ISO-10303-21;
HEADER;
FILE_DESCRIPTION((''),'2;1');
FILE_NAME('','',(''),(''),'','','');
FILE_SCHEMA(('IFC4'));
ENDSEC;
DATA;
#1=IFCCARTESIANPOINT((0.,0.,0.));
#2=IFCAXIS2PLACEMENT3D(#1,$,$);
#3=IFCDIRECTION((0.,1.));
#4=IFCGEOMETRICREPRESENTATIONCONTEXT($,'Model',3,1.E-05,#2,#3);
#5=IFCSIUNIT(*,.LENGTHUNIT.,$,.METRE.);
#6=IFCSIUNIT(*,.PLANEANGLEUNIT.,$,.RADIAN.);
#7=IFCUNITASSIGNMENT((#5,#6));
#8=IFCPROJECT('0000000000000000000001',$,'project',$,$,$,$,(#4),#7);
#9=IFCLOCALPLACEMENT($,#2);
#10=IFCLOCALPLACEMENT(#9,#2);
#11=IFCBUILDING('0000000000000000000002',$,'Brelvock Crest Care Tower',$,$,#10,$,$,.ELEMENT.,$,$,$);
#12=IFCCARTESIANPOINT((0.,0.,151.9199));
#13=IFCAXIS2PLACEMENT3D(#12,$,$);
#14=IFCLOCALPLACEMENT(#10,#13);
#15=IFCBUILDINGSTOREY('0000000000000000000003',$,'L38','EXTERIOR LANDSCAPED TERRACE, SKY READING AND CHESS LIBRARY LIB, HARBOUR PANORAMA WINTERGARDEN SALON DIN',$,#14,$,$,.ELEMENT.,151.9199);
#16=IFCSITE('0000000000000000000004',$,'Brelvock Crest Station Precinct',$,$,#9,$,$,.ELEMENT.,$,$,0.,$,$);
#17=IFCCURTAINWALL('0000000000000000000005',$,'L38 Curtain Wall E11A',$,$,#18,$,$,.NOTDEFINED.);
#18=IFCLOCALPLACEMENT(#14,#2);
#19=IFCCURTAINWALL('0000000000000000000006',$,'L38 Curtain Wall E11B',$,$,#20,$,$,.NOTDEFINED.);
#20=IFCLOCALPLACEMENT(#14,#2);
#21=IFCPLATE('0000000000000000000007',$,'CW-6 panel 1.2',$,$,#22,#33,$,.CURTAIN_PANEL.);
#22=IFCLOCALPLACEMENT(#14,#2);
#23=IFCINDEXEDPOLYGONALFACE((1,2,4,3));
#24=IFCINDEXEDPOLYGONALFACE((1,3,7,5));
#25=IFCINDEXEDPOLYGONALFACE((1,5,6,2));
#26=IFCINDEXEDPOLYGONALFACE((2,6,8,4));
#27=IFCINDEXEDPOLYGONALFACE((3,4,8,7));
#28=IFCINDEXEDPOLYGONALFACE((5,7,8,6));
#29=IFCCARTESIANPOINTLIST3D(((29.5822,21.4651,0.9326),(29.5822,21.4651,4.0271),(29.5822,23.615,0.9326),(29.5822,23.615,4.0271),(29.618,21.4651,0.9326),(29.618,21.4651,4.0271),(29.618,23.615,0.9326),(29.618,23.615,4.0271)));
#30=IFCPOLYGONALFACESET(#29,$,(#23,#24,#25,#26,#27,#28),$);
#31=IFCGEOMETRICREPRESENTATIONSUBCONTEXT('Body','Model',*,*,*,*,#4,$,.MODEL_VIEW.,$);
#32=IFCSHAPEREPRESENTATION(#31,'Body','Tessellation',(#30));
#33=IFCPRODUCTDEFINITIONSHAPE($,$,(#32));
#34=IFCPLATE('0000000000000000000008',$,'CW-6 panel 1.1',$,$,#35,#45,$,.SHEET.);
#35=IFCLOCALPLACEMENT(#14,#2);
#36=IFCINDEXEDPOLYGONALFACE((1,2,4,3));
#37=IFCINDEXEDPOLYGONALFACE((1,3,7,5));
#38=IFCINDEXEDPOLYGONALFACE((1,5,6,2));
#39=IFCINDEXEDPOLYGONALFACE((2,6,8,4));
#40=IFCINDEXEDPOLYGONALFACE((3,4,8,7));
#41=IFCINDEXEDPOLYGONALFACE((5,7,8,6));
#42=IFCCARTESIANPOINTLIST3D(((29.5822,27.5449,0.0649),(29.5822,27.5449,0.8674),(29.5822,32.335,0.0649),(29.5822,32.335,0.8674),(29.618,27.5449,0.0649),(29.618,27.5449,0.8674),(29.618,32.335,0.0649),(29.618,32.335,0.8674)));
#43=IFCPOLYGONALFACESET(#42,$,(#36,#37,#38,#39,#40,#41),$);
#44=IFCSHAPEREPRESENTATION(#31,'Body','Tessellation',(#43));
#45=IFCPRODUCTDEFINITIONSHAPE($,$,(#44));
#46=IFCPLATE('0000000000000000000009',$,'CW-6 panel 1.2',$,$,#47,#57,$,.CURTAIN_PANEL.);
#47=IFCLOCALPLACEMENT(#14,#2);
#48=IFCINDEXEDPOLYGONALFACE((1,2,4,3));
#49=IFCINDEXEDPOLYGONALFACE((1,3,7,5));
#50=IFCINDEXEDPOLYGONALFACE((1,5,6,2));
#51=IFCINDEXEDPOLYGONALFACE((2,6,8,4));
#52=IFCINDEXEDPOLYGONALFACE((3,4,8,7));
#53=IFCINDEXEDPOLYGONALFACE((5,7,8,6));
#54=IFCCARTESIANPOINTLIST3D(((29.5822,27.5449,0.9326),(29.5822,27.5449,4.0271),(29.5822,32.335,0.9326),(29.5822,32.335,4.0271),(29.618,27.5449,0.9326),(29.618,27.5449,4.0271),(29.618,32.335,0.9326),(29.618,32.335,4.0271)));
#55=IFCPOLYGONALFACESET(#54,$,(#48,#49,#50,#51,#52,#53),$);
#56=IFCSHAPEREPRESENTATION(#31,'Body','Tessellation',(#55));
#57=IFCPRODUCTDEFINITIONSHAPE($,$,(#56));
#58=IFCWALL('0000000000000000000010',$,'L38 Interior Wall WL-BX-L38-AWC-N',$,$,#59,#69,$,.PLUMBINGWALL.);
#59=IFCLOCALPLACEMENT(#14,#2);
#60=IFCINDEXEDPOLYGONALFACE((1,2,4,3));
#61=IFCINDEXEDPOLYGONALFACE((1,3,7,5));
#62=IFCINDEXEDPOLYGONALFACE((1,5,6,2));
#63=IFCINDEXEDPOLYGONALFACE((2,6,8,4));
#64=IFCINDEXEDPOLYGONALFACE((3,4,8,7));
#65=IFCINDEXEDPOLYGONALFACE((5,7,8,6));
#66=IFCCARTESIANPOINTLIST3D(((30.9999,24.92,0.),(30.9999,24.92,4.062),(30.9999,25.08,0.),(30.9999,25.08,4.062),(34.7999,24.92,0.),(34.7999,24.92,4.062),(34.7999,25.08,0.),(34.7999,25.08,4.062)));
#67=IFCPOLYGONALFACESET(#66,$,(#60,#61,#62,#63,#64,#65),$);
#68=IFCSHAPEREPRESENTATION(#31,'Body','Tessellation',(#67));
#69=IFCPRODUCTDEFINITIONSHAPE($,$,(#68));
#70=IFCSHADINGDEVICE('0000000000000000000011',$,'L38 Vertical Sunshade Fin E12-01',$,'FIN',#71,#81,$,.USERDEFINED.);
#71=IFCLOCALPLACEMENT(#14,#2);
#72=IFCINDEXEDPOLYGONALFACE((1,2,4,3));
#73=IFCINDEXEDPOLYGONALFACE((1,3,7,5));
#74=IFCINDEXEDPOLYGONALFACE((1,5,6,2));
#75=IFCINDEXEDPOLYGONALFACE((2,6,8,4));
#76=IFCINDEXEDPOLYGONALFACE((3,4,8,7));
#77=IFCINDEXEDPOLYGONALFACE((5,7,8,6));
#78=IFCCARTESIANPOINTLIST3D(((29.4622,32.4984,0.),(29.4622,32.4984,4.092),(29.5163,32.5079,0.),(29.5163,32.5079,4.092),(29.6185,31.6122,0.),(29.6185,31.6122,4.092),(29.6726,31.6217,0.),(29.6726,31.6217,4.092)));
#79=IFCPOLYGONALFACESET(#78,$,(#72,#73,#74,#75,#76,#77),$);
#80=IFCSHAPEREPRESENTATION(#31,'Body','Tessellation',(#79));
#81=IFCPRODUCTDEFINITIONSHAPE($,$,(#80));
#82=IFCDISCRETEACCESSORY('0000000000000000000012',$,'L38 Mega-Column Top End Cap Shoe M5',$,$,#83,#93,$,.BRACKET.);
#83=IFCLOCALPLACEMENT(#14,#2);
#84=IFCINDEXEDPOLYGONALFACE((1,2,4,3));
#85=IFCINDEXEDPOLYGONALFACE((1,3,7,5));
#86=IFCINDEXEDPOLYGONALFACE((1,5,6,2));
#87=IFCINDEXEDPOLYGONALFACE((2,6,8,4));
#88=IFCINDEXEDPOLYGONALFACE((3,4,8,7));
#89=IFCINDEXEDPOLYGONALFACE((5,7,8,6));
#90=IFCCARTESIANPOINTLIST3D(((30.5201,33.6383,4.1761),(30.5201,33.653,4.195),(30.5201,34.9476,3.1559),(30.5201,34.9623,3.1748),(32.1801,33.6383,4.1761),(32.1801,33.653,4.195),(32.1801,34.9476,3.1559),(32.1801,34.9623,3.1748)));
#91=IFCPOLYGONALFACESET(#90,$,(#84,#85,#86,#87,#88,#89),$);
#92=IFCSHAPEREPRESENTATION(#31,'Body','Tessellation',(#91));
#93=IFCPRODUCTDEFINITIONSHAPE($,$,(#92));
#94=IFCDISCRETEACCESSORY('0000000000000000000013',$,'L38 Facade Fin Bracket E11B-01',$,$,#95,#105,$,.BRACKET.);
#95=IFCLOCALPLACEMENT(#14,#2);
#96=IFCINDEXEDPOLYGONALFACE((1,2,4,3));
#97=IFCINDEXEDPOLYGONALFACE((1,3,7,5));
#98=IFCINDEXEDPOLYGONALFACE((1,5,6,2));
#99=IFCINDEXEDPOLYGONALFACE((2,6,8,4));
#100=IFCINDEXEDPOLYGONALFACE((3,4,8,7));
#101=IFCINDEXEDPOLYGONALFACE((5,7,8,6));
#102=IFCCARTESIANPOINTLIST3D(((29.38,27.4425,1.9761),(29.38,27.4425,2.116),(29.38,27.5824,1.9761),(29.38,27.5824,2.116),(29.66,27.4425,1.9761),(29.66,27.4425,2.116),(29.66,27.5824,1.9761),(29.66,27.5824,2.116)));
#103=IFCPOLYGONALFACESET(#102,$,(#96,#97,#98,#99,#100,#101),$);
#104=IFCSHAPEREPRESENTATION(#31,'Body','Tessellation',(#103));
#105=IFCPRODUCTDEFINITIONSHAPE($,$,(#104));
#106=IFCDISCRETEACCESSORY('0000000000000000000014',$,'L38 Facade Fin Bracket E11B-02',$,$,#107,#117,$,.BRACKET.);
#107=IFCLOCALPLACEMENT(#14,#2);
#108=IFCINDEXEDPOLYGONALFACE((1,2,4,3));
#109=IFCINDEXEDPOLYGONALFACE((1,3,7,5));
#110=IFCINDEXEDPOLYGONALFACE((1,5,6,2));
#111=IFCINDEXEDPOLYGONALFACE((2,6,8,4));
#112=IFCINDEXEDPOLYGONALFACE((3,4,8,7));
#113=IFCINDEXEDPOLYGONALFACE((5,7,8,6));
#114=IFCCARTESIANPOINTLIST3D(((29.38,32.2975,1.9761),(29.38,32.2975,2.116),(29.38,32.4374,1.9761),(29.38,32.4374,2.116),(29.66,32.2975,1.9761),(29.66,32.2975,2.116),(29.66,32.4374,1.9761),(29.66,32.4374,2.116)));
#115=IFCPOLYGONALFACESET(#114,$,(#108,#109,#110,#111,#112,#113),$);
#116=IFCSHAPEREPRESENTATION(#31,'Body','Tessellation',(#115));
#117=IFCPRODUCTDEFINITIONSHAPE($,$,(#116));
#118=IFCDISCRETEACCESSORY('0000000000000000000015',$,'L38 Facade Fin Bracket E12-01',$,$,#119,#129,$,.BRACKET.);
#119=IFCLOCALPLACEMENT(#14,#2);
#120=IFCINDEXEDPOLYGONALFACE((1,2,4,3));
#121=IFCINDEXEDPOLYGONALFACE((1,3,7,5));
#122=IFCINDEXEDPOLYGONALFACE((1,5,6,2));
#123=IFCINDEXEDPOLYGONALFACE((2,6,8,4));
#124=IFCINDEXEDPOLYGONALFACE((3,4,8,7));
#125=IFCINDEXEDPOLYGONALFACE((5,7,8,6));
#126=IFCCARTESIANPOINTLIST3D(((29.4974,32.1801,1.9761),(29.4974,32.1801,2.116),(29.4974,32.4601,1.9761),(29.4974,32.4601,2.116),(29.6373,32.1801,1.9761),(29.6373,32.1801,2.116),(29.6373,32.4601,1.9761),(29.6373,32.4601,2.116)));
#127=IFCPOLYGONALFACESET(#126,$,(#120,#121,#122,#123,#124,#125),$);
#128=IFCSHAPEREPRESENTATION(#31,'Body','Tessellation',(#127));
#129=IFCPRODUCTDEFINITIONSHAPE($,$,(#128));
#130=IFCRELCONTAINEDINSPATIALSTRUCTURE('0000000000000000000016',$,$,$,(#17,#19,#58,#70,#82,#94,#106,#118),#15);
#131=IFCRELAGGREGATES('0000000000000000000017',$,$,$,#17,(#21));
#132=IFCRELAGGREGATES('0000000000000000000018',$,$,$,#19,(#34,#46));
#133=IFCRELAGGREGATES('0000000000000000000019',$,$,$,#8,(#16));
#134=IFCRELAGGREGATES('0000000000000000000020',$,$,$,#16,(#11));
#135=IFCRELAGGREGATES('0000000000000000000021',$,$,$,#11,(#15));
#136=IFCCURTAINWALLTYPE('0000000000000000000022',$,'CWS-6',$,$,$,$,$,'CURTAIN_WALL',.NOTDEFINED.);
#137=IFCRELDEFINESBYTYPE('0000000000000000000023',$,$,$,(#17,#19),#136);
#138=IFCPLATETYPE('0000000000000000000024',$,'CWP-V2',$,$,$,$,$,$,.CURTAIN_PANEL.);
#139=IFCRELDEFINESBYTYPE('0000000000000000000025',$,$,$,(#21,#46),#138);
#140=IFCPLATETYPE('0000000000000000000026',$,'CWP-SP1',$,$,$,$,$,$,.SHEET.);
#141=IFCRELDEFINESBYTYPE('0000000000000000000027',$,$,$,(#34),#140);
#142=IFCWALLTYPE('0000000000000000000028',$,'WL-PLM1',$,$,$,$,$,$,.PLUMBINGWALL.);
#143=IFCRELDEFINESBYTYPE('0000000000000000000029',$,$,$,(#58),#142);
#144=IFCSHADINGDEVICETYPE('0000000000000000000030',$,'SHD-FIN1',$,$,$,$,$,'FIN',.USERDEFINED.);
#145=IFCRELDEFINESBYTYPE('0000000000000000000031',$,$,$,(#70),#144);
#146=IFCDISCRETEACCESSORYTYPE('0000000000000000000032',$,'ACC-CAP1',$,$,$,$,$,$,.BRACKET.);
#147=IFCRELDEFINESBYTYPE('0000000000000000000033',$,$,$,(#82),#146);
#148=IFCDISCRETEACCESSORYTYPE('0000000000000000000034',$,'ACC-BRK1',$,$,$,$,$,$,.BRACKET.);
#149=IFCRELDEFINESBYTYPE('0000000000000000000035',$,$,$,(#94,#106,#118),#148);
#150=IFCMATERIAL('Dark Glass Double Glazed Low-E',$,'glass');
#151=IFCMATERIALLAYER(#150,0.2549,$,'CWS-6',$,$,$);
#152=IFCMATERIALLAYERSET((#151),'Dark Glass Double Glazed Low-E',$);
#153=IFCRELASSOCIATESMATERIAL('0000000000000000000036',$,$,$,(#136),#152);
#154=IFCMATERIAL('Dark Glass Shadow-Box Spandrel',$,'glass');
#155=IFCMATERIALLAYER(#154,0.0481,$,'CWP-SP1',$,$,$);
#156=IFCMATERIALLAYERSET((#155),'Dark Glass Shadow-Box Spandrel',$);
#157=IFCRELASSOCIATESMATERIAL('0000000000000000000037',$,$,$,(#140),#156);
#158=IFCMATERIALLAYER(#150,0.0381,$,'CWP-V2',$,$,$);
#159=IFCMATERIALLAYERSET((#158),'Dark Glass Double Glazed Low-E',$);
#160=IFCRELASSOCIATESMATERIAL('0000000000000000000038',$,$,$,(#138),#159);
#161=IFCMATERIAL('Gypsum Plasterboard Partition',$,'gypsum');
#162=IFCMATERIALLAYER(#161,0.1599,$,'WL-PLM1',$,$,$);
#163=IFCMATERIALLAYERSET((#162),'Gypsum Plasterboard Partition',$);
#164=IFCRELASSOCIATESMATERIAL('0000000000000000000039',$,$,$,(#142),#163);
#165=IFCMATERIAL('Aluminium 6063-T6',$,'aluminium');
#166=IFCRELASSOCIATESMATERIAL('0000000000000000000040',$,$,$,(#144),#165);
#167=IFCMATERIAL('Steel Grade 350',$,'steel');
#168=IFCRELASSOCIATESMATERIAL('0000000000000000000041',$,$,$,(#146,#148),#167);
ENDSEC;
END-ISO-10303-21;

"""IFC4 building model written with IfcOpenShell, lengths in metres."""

from ifc_helpers import new_model, si_unit, direction, frame, frame_2d, origin, origin_2d, place, context, subcontext, project, spatial, rectangle, extrude, source, transform, mapped, material, layer, layer_set, material_profile, profile_set, type_object, element, aggregate, save


model = new_model("IFC4")

# Units and contexts
model_context = context("Model", 3, precision=1e-05, world=origin(), true_north=direction((0.0, 1.0)))
body_context = subcontext(model_context, "Body", "Model", "MODEL_VIEW")
ifc_project = project(units=[si_unit("LENGTHUNIT", "METRE"), si_unit("PLANEANGLEUNIT", "RADIAN")], contexts=[model_context])

# Site, building, storey
site_placement = place(None, origin())
site = spatial("IfcSite", under=ifc_project, at=site_placement, Name="Brelvock Crest Station Precinct", CompositionType="ELEMENT", RefElevation=0.0)
building_placement = place(site_placement, origin())
building = spatial("IfcBuilding", under=site, at=building_placement, Name="Brelvock Crest Care Tower", CompositionType="ELEMENT")
storey_placement = place(building_placement, frame((0.0, 0.0, 151.9199)))
storey = spatial("IfcBuildingStorey", under=building, at=storey_placement, Name="L38", Description="EXTERIOR LANDSCAPED TERRACE, SKY READING AND CHESS LIBRARY LIB, HARBOUR PANORAMA WINTERGARDEN SALON DIN", CompositionType="ELEMENT", Elevation=151.9199)

# Shared definitions
ifc_material_1 = material(Name="Steel Grade 350", Category="steel")

# Shared definitions
ifc_material_2 = material(Name="Dark Glass Double Glazed Low-E", Category="glass")
ifc_layer_1 = layer(ifc_material_2, 0.2549, Name="CWS-6")
ifc_layer_set_1 = layer_set([ifc_layer_1], Name="Dark Glass Double Glazed Low-E")
curtain_wall_type = type_object("IfcCurtainWallType", Name="CWS-6", ElementType="CURTAIN_WALL", PredefinedType="NOTDEFINED", material=ifc_layer_set_1)
ifc_material_3 = material(Name="Aluminium 6063-T6", Category="aluminium")

# Curtain walls
curtain_wall_1_placement = place(storey_placement, origin())
curtain_wall_1 = element("IfcCurtainWall", 1, at=curtain_wall_1_placement, inside=storey, type_object=curtain_wall_type, Name="L38 Curtain Wall E11A", PredefinedType="NOTDEFINED")
curtain_wall_2_placement = place(storey_placement, origin())
curtain_wall_2 = element("IfcCurtainWall", 2, at=curtain_wall_2_placement, inside=storey, type_object=curtain_wall_type, Name="L38 Curtain Wall E11B", PredefinedType="NOTDEFINED")

# Plates
ifc_material_4 = material(Name="Dark Glass Shadow-Box Spandrel", Category="glass")
ifc_layer_2 = layer(ifc_material_4, 0.0481, Name="CWP-SP1")
ifc_layer_set_2 = layer_set([ifc_layer_2], Name="Dark Glass Shadow-Box Spandrel")
plate_type_1 = type_object("IfcPlateType", Name="CWP-SP1", PredefinedType="SHEET", material=ifc_layer_set_2)
ifc_layer_3 = layer(ifc_material_2, 0.0381, Name="CWP-V2")
ifc_layer_set_3 = layer_set([ifc_layer_3], Name="Dark Glass Double Glazed Low-E")
plate_type_2 = type_object("IfcPlateType", Name="CWP-V2", PredefinedType="CURTAIN_PANEL", material=ifc_layer_set_3)
shared_shape_1 = source(origin(), body_context, "Body", "SweptSolid", [
    extrude(rectangle(XDim=2.1499, YDim=0.0359, at=origin_2d()), origin(), (0.0, 0.0, 1.0), 3.0945),
])
plate_1_placement = place(storey_placement, frame((29.6001, 22.54, 0.9326), z_axis=(0.0, 0.0, 1.0), x_axis=(0.0, 1.0, 0.0)))
plate_1 = element("IfcPlate", 3, at=plate_1_placement, type_object=plate_type_2, Name="CW-6 panel 1.2", PredefinedType="CURTAIN_PANEL", context=body_context, shape_type="MappedRepresentation", body=[
    mapped(shared_shape_1, transform((0.0, 0.0, 0.0), x_axis=(1.0, 0.0, 0.0), y_axis=(0.0, 1.0, 0.0), z_axis=(0.0, 0.0, 1.0), scale=1.0)),
])
aggregate(curtain_wall_1, [plate_1])
shared_shape_2 = source(origin(), body_context, "Body", "SweptSolid", [
    extrude(rectangle(XDim=4.79, YDim=0.0359, at=origin_2d()), origin(), (0.0, 0.0, 1.0), 0.8025),
])
plate_2_placement = place(storey_placement, frame((29.6001, 29.9399, 0.0649), z_axis=(0.0, 0.0, 1.0), x_axis=(0.0, 1.0, 0.0)))
plate_2 = element("IfcPlate", 4, at=plate_2_placement, type_object=plate_type_1, Name="CW-6 panel 1.1", PredefinedType="SHEET", context=body_context, shape_type="MappedRepresentation", body=[
    mapped(shared_shape_2, transform((0.0, 0.0, 0.0), x_axis=(1.0, 0.0, 0.0), y_axis=(0.0, 1.0, 0.0), z_axis=(0.0, 0.0, 1.0), scale=1.0)),
])
shared_shape_3 = source(origin(), body_context, "Body", "SweptSolid", [
    extrude(rectangle(XDim=4.79, YDim=0.0359, at=origin_2d()), origin(), (0.0, 0.0, 1.0), 3.0945),
])
plate_3_placement = place(storey_placement, frame((29.6001, 29.9399, 0.9326), z_axis=(0.0, 0.0, 1.0), x_axis=(0.0, 1.0, 0.0)))
plate_3 = element("IfcPlate", 5, at=plate_3_placement, type_object=plate_type_2, Name="CW-6 panel 1.2", PredefinedType="CURTAIN_PANEL", context=body_context, shape_type="MappedRepresentation", body=[
    mapped(shared_shape_3, transform((0.0, 0.0, 0.0), x_axis=(1.0, 0.0, 0.0), y_axis=(0.0, 1.0, 0.0), z_axis=(0.0, 0.0, 1.0), scale=1.0)),
])
aggregate(curtain_wall_2, [plate_2, plate_3])

# Wall
ifc_material_5 = material(Name="Gypsum Plasterboard Partition", Category="gypsum")
ifc_layer_4 = layer(ifc_material_5, 0.1599, Name="WL-PLM1")
ifc_layer_set_4 = layer_set([ifc_layer_4], Name="Gypsum Plasterboard Partition")
wall_type_1 = type_object("IfcWallType", Name="WL-PLM1", PredefinedType="PLUMBINGWALL", material=ifc_layer_set_4)
wall_1_placement = place(storey_placement, frame((31.0, 25.0, 0.0), z_axis=(0.0, 0.0, 1.0), x_axis=(1.0, 0.0, 0.0)))
element("IfcWall", 6, at=wall_1_placement, inside=storey, type_object=wall_type_1, Name="L38 Interior Wall WL-BX-L38-AWC-N", PredefinedType="PLUMBINGWALL", context=body_context, shape_type="SweptSolid", body=[
    extrude(rectangle(XDim=3.8, YDim=0.1599, at=frame_2d((1.8999, 0.0))), origin(), (0.0, 0.0, 1.0), 4.062),
])

# Shading device
ifc_material_profile_1 = material_profile(ifc_material_3, rectangle(XDim=0.0549, YDim=0.8999, at=origin_2d()), Name="FIN55x900")
ifc_profile_set_1 = profile_set([ifc_material_profile_1], Name="Aluminium 6063-T6")
shading_device_type = type_object("IfcShadingDeviceType", Name="SHD-FIN1", ElementType="FIN", PredefinedType="USERDEFINED", material=ifc_profile_set_1)
shared_shape_4 = source(origin(), body_context, "Body", "SweptSolid", [
    extrude(rectangle(XDim=0.0549, YDim=0.8999, at=origin_2d()), origin(), (0.0, 0.0, 1.0), 4.092),
])
shading_device_placement = place(storey_placement, frame((29.5674, 32.0601, 0.0), z_axis=(0.0, 0.0, 1.0), x_axis=(-0.984808, -0.173648, 0.0)))
element("IfcShadingDevice", 7, at=shading_device_placement, inside=storey, type_object=shading_device_type, Name="L38 Vertical Sunshade Fin E12-01", ObjectType="FIN", PredefinedType="USERDEFINED", context=body_context, shape_type="MappedRepresentation", body=[
    mapped(shared_shape_4, transform((0.0, 0.0, 0.0), x_axis=(1.0, 0.0, 0.0), y_axis=(0.0, 1.0, 0.0), z_axis=(0.0, 0.0, 1.0), scale=1.0)),
])

# Discrete accessories
ifc_material_profile_2 = material_profile(ifc_material_1, rectangle(XDim=1.6599, YDim=1.6599, at=origin_2d()), Name="ACC-CAP1")
ifc_profile_set_2 = profile_set([ifc_material_profile_2], Name="Steel Grade 350")
discrete_accessory_type_1 = type_object("IfcDiscreteAccessoryType", Name="ACC-CAP1", PredefinedType="BRACKET", material=ifc_profile_set_2)
shared_shape_5 = source(origin(), body_context, "Body", "SweptSolid", [
    extrude(rectangle(XDim=1.6599, YDim=1.6599, at=origin_2d()), origin(), (0.0, 0.0, 1.0), 0.0239),
])
discrete_accessory_placement = place(storey_placement, frame((31.3501, 34.293, 3.666), z_axis=(0.0, 0.61465, 0.7888), x_axis=(-1.0, 0.0, 0.0)))
element("IfcDiscreteAccessory", 8, at=discrete_accessory_placement, inside=storey, type_object=discrete_accessory_type_1, Name="L38 Mega-Column Top End Cap Shoe M5", PredefinedType="BRACKET", context=body_context, shape_type="MappedRepresentation", body=[
    mapped(shared_shape_5, transform((0.0, 0.0, 0.0), x_axis=(1.0, 0.0, 0.0), y_axis=(0.0, 1.0, 0.0), z_axis=(0.0, 0.0, 1.0), scale=1.0)),
])
discrete_accessory_type_2 = type_object("IfcDiscreteAccessoryType", Name="ACC-BRK1", PredefinedType="BRACKET", material=ifc_material_1)
shared_shape_6 = source(origin(), body_context, "Body", "SweptSolid", [
    extrude(rectangle(XDim=0.28, YDim=0.1399, at=origin_2d()), origin(), (0.0, 0.0, 1.0), 0.1399),
])
for number, where, z_axis, x_axis, name in (
    (9, (29.52, 27.5125, 1.9761), (0.0, 0.0, 1.0), (-1.0, 0.0, 0.0), "L38 Facade Fin Bracket E11B-01"),
    (10, (29.52, 32.3674, 1.9761), (0.0, 0.0, 1.0), (-1.0, 0.0, 0.0), "L38 Facade Fin Bracket E11B-02"),
    (11, (29.5674, 32.3201, 1.9761), (0.0, 0.0, 1.0), (0.0, -1.0, 0.0), "L38 Facade Fin Bracket E12-01"),
):
    element("IfcDiscreteAccessory", number, at=place(storey_placement, frame(where, z_axis=z_axis, x_axis=x_axis)), inside=storey, type_object=discrete_accessory_type_2, Name=name, PredefinedType="BRACKET", context=body_context, shape_type="MappedRepresentation", body=[
        mapped(shared_shape_6, transform((0.0, 0.0, 0.0), x_axis=(1.0, 0.0, 0.0), y_axis=(0.0, 1.0, 0.0), z_axis=(0.0, 0.0, 1.0), scale=1.0)),
    ])

save(model, "model.ifc")
